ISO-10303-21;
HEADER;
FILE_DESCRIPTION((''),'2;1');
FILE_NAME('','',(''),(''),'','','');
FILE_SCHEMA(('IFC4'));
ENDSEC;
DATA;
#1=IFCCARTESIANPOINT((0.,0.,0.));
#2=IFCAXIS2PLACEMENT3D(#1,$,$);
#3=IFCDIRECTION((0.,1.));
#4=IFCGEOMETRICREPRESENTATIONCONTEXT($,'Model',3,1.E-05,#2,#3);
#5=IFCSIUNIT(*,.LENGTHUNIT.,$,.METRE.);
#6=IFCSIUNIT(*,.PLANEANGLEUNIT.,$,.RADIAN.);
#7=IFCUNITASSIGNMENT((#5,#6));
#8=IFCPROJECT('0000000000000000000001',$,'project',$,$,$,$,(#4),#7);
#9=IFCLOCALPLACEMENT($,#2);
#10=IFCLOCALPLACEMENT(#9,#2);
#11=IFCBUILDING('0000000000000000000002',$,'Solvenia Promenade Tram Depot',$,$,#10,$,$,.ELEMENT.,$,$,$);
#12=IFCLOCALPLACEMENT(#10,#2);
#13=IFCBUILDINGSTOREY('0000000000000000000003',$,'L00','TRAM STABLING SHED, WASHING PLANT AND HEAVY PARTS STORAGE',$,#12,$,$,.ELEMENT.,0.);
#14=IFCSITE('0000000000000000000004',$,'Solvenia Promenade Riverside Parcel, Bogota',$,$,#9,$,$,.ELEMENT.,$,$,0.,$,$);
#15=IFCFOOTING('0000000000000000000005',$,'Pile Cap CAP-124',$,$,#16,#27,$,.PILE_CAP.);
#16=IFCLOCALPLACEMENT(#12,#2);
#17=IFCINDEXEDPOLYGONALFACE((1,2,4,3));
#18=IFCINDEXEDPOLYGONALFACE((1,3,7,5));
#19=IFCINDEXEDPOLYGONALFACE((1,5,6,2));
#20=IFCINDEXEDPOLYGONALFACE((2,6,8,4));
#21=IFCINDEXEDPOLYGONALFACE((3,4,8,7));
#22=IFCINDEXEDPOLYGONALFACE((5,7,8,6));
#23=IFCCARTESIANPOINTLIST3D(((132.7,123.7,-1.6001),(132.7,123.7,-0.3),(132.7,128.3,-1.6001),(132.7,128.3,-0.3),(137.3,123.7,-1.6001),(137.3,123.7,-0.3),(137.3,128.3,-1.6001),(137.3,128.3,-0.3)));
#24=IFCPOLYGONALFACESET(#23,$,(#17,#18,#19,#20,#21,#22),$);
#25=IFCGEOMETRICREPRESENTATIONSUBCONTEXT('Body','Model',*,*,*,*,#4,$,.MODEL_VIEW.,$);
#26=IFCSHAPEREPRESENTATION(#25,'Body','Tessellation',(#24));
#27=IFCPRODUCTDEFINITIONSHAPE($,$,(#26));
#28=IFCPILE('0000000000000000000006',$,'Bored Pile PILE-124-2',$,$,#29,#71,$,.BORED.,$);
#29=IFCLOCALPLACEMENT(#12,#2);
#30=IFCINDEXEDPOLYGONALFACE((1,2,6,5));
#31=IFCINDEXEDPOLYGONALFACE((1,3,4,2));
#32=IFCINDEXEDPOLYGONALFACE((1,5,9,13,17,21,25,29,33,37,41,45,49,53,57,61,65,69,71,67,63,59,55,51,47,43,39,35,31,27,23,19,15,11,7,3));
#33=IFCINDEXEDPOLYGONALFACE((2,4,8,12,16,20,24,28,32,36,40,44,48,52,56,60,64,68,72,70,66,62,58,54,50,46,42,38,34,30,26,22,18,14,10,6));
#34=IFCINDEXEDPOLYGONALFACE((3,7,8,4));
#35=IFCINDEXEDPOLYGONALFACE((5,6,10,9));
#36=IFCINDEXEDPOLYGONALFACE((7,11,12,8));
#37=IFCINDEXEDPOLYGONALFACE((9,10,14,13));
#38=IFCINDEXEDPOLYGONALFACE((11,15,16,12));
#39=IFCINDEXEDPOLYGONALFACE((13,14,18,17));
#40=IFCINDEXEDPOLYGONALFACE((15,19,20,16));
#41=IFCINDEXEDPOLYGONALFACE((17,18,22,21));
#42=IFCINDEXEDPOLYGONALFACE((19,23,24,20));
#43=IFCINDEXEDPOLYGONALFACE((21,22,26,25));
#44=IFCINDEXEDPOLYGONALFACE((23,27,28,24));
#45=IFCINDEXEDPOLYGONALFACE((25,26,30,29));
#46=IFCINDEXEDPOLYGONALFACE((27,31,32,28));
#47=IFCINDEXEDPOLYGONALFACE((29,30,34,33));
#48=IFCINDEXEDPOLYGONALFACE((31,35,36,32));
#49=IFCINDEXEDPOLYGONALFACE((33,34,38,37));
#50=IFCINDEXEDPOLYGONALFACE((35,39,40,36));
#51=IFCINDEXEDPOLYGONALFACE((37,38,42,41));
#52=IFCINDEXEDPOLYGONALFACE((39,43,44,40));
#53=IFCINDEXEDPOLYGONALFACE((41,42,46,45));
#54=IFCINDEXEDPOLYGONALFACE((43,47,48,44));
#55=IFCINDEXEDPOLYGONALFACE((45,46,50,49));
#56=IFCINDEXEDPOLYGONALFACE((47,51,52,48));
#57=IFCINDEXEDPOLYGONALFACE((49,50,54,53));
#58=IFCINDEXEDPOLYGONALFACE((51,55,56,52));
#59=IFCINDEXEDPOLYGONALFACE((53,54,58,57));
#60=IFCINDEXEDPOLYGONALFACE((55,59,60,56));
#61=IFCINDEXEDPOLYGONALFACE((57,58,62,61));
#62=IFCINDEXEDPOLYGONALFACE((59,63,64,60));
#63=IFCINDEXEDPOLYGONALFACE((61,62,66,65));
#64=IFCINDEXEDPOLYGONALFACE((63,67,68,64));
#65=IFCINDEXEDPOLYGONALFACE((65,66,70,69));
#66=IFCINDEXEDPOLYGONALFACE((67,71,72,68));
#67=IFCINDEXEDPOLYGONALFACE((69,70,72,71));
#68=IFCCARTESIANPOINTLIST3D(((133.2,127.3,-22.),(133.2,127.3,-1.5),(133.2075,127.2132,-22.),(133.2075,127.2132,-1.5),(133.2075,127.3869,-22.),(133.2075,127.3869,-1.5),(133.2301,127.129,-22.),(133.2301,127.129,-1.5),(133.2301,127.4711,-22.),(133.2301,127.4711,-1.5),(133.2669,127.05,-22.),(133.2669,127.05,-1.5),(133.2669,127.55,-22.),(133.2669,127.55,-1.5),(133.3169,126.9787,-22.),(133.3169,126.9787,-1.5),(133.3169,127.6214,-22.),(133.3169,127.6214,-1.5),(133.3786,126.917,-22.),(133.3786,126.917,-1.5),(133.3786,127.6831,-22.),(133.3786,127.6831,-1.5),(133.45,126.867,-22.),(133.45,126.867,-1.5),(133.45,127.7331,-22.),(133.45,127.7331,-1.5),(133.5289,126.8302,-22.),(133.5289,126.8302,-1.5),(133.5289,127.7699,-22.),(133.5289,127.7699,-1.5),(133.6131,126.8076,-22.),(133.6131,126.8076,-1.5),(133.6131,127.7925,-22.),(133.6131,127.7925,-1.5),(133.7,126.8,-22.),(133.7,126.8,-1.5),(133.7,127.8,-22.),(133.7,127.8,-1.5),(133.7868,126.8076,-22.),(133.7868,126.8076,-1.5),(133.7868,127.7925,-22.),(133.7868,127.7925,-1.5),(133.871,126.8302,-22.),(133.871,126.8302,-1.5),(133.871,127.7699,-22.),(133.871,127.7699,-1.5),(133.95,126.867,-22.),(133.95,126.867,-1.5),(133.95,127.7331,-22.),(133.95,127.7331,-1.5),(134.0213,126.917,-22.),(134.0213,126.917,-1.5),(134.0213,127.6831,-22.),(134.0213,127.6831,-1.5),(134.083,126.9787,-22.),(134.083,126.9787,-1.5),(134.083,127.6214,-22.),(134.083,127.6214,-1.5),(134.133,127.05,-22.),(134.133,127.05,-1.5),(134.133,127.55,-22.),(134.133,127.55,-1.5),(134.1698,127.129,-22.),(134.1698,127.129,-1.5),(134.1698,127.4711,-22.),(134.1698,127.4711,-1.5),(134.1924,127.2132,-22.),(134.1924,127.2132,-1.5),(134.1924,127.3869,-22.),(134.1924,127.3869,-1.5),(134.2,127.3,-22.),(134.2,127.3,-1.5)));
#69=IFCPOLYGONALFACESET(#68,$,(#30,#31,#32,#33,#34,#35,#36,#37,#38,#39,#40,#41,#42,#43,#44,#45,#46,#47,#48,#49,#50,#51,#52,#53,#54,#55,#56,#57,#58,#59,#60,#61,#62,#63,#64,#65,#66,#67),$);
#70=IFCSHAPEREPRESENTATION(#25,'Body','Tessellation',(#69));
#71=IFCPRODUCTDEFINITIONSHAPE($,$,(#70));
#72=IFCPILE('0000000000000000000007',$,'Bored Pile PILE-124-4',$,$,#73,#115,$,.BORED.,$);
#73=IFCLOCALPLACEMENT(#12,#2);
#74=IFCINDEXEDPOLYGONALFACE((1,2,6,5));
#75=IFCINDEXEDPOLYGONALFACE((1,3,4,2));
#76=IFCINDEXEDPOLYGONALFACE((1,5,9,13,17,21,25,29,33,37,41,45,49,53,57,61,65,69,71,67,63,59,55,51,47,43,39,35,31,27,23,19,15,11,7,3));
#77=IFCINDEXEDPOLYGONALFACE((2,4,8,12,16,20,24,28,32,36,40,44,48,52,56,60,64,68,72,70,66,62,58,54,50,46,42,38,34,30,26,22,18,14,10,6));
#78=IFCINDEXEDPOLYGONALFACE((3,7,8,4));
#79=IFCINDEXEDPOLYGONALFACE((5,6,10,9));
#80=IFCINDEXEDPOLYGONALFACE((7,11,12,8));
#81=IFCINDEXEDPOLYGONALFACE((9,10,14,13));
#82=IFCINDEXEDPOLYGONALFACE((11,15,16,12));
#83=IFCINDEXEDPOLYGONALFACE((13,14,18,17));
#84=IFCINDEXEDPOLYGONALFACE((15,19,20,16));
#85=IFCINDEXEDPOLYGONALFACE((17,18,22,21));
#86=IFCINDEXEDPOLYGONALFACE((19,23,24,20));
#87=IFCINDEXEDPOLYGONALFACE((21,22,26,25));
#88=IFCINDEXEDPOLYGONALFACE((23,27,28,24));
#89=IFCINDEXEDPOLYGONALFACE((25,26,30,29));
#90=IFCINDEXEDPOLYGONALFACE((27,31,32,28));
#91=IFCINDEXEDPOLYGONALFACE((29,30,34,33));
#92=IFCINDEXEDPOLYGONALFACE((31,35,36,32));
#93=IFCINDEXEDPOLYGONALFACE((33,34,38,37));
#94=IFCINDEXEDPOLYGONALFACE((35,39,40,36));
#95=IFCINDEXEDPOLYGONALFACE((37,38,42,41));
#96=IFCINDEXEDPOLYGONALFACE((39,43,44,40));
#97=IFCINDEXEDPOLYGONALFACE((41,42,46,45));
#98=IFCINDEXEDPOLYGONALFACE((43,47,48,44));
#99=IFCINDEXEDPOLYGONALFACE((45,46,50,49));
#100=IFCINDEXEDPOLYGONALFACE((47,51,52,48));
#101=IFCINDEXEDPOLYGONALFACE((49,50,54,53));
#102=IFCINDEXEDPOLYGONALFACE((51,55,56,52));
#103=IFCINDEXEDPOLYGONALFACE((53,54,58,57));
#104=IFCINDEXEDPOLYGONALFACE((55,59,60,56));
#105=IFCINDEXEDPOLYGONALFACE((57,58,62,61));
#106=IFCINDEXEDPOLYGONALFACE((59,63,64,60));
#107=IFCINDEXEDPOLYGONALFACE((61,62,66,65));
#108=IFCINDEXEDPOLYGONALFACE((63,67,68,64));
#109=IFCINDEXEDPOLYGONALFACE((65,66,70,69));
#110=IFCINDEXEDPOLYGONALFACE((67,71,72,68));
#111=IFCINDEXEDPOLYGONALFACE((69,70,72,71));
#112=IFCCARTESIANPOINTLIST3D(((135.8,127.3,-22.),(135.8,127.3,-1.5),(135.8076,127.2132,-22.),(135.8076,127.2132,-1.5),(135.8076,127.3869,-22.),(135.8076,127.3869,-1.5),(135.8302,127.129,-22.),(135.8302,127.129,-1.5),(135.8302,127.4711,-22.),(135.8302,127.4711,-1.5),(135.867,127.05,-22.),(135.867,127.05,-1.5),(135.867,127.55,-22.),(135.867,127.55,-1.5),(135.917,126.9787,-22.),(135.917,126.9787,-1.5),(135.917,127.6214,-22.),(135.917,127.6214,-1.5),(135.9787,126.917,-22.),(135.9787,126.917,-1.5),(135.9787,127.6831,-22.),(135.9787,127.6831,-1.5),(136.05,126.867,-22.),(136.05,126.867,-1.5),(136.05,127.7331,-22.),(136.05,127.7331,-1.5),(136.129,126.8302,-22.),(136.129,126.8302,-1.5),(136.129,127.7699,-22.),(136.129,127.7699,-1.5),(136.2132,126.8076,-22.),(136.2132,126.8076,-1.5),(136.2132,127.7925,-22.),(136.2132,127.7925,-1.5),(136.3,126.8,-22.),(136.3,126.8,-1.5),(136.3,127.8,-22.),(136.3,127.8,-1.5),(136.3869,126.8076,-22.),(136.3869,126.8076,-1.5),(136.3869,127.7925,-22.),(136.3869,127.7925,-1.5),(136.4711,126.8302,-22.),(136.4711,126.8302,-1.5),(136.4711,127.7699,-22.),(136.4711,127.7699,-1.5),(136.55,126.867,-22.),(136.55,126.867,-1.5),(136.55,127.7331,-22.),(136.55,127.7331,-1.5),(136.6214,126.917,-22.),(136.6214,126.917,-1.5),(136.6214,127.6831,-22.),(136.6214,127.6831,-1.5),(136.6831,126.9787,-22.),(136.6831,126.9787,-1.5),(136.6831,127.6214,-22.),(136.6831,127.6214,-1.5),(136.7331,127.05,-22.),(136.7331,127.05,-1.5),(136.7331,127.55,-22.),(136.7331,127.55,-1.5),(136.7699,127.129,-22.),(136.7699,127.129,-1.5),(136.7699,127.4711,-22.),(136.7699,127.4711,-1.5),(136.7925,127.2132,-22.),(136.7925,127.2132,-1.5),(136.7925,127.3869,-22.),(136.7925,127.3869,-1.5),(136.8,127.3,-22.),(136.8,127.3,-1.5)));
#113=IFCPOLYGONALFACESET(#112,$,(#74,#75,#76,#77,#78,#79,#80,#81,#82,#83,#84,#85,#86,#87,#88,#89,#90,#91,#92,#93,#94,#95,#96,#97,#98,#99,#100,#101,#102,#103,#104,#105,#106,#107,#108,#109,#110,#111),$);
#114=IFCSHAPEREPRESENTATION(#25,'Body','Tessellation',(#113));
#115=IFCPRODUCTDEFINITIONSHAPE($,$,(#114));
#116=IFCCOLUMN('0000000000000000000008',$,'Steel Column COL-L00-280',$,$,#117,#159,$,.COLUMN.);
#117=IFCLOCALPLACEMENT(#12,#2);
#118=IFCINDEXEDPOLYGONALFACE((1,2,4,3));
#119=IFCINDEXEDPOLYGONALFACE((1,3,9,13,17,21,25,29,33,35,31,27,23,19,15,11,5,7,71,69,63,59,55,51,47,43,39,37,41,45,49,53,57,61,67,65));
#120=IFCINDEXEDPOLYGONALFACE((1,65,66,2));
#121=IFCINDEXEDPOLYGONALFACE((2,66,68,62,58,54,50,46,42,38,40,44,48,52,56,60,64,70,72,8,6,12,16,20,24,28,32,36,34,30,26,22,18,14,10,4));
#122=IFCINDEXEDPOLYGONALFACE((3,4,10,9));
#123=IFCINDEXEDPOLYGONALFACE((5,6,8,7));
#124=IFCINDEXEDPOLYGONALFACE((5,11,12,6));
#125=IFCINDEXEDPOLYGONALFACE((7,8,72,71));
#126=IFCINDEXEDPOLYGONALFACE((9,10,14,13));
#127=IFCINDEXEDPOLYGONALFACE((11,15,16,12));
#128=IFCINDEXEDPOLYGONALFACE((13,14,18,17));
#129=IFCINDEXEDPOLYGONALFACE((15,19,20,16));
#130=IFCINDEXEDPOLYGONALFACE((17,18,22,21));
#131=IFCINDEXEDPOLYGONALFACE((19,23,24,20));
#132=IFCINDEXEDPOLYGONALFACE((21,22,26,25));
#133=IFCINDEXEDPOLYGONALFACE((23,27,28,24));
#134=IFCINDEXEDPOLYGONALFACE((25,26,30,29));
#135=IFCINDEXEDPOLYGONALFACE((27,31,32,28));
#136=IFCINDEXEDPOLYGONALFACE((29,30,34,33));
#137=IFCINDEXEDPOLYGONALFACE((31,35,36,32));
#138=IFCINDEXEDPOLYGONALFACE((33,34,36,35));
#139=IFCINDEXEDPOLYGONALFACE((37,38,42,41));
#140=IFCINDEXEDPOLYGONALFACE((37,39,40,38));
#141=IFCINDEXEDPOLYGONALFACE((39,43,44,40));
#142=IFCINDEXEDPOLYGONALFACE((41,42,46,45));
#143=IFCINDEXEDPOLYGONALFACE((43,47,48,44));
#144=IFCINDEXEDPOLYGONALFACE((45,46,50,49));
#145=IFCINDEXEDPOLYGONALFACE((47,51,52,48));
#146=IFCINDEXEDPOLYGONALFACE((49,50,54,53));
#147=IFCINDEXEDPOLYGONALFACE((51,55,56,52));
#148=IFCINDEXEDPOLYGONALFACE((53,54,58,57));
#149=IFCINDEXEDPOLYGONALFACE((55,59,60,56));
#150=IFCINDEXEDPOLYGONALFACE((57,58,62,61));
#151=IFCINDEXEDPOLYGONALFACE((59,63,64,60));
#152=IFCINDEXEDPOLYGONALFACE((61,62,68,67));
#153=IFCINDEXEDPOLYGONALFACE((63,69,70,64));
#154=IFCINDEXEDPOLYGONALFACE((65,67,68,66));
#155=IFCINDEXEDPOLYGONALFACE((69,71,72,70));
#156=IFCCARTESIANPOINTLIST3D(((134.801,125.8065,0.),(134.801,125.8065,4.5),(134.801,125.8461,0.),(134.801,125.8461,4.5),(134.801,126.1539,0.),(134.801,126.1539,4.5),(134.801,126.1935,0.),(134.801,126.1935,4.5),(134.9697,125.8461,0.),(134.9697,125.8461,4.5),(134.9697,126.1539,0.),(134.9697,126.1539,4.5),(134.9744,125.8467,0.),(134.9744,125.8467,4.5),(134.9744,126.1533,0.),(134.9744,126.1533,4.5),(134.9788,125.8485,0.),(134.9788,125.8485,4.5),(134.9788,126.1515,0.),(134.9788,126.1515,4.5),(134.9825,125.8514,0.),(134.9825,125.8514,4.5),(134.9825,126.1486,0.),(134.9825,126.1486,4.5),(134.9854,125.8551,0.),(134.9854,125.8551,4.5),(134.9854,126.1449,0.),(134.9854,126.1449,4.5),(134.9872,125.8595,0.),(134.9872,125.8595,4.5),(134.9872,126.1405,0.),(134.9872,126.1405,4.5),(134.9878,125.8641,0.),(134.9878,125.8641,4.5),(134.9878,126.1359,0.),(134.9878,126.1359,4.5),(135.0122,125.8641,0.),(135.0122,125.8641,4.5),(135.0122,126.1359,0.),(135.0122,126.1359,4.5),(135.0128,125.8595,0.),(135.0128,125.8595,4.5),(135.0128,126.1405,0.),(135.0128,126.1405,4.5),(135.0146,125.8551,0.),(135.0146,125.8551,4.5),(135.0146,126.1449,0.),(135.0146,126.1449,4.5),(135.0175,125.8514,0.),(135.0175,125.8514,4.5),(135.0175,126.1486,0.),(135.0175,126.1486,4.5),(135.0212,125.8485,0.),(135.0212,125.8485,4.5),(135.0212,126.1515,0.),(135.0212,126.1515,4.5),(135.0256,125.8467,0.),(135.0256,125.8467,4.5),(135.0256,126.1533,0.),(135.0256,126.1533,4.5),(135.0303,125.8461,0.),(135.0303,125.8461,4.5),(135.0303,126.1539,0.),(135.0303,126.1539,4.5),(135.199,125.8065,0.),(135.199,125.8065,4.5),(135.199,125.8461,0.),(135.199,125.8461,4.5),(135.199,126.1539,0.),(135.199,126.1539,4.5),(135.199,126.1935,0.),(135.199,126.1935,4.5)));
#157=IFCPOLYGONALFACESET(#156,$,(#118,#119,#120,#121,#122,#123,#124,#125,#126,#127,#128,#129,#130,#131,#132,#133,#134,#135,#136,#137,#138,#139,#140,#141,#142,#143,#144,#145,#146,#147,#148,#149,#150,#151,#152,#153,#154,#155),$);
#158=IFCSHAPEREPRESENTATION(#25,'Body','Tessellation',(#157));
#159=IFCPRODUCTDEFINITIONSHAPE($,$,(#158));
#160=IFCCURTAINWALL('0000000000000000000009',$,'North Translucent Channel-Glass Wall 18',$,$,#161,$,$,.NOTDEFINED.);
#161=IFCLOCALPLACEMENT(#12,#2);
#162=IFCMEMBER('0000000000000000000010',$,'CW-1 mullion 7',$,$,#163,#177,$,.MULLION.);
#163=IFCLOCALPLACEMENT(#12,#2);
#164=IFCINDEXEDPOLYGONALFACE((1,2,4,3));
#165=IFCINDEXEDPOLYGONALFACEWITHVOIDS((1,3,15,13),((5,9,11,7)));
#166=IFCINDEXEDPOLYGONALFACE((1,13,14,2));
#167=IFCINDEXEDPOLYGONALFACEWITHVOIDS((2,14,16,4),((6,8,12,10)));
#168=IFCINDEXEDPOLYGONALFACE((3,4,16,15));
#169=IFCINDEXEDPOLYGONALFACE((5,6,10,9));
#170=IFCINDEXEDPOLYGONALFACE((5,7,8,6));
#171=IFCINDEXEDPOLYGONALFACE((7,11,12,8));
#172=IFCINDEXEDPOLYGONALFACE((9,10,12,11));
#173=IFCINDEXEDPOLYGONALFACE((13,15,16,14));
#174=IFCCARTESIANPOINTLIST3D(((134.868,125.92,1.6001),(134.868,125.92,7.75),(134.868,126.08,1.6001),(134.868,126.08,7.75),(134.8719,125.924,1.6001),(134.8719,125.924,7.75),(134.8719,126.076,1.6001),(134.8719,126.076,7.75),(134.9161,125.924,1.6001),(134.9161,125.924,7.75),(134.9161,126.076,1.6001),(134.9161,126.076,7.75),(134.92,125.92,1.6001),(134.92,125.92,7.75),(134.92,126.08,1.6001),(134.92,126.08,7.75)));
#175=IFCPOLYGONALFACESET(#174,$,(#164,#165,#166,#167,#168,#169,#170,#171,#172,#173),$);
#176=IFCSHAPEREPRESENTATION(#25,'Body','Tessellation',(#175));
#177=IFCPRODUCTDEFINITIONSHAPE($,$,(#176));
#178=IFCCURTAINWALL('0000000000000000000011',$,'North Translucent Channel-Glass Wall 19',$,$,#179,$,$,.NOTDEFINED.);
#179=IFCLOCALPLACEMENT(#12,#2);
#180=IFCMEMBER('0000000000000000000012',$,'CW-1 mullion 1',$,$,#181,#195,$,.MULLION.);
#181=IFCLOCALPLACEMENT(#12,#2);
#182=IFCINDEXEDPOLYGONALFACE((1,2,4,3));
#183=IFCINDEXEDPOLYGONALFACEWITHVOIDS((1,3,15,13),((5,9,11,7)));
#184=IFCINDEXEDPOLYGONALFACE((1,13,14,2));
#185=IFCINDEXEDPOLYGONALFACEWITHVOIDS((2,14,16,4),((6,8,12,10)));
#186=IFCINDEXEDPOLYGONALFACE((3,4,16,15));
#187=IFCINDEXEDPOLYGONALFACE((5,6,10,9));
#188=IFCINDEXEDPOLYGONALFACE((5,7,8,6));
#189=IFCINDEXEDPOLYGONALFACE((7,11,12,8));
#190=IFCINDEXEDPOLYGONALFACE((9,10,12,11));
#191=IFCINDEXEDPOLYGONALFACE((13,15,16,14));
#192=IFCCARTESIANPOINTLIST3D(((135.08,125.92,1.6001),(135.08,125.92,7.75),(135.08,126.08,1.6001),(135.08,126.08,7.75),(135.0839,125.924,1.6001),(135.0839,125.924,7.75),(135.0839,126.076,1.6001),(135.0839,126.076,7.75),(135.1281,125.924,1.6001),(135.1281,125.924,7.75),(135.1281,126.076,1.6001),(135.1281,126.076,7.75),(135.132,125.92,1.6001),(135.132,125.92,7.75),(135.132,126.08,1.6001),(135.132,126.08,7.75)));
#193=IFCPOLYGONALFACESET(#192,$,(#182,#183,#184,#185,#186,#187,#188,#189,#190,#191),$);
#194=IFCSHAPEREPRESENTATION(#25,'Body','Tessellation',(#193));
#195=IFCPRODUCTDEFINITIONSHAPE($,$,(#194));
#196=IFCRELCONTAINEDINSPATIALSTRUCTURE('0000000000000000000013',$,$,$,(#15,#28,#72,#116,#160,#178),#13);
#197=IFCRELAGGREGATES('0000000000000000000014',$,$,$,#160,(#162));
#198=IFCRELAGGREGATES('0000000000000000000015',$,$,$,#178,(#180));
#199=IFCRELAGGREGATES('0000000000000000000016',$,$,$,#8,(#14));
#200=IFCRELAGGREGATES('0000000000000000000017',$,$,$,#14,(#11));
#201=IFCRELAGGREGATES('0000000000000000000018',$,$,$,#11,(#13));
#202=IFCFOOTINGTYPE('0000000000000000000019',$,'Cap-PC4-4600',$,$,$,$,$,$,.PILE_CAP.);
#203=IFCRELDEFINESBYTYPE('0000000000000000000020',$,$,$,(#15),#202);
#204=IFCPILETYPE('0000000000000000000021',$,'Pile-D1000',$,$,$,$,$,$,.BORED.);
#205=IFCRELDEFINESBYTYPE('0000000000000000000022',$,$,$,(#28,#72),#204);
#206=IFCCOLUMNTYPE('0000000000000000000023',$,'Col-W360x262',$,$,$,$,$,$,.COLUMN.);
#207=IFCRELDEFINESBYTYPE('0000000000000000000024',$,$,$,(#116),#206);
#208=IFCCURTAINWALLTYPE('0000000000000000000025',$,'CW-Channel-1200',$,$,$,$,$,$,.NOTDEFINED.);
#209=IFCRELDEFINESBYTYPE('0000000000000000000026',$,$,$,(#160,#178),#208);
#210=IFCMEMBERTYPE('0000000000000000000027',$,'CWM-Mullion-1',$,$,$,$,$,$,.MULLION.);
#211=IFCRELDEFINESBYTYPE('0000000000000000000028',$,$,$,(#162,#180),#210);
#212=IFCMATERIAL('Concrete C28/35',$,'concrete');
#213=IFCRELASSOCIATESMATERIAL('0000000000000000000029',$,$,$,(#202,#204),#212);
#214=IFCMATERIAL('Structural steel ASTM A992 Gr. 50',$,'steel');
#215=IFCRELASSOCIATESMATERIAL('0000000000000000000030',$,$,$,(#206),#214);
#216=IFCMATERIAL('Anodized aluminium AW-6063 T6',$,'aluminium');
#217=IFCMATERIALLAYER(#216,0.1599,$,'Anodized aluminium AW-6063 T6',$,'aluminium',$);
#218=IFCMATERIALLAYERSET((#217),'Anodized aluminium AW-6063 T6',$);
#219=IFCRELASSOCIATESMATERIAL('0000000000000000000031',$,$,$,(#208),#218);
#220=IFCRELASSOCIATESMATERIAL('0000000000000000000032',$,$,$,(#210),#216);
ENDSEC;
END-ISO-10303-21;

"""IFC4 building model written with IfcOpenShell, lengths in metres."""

from ifc_helpers import new_model, si_unit, direction, frame, origin, origin_2d, place, context, subcontext, project, spatial, rectangle, hollow_rectangle, circle, i_section, extrude, material, layer, layer_set, material_profile, profile_set, type_object, element, aggregate, save


model = new_model("IFC4")

# Units and contexts
model_context = context("Model", 3, precision=1e-05, world=origin(), true_north=direction((0.0, 1.0)))
body_context = subcontext(model_context, "Body", "Model", "MODEL_VIEW")
ifc_project = project(units=[si_unit("LENGTHUNIT", "METRE"), si_unit("PLANEANGLEUNIT", "RADIAN")], contexts=[model_context])

# Site, building, storey
site_placement = place(None, origin())
site = spatial("IfcSite", under=ifc_project, at=site_placement, Name="Solvenia Promenade Riverside Parcel, Bogota", CompositionType="ELEMENT", RefElevation=0.0)
building_placement = place(site_placement, origin())
building = spatial("IfcBuilding", under=site, at=building_placement, Name="Solvenia Promenade Tram Depot", CompositionType="ELEMENT")
storey_placement = place(building_placement, origin())
storey = spatial("IfcBuildingStorey", under=building, at=storey_placement, Name="L00", Description="TRAM STABLING SHED, WASHING PLANT AND HEAVY PARTS STORAGE", CompositionType="ELEMENT", Elevation=0.0)

# Footing
ifc_material_1 = material(Name="Concrete C28/35", Category="concrete")
footing_type = type_object("IfcFootingType", Name="Cap-PC4-4600", PredefinedType="PILE_CAP", material=ifc_material_1)
footing_placement = place(storey_placement, frame((135.0, 126.0, -1.6001), z_axis=(0.0, 0.0, 1.0), x_axis=(1.0, 0.0, 0.0)))
element("IfcFooting", 1, at=footing_placement, inside=storey, type_object=footing_type, Name="Pile Cap CAP-124", PredefinedType="PILE_CAP", context=body_context, shape_type="SweptSolid", body=[
    extrude(rectangle(XDim=4.6001, YDim=4.6001, at=origin_2d()), origin(), (0.0, 0.0, 1.0), 1.3),
])

# Piles
ifc_material_profile_1 = material_profile(ifc_material_1, circle(Radius=0.5, at=origin_2d()), Name="D1000", Category="concrete")
ifc_profile_set_1 = profile_set([ifc_material_profile_1], Name="Concrete C28/35")
pile_type = type_object("IfcPileType", Name="Pile-D1000", PredefinedType="BORED", material=ifc_profile_set_1)
for number, where, z_axis, x_axis, name in (
    (2, (133.7, 127.3, -1.5), (0.0, 0.0, -1.0), (1.0, 0.0, 0.0), "Bored Pile PILE-124-2"),
    (3, (136.3, 127.3, -1.5), (0.0, 0.0, -1.0), (1.0, 0.0, 0.0), "Bored Pile PILE-124-4"),
):
    element("IfcPile", number, at=place(storey_placement, frame(where, z_axis=z_axis, x_axis=x_axis)), inside=storey, type_object=pile_type, Name=name, PredefinedType="BORED", context=body_context, shape_type="SweptSolid", body=[
        extrude(circle(Radius=0.5, at=origin_2d()), origin(), (0.0, 0.0, 1.0), 20.5),
    ])

# Column
ifc_material_2 = material(Name="Structural steel ASTM A992 Gr. 50", Category="steel")
ifc_material_profile_2 = material_profile(ifc_material_2, i_section(OverallWidth=0.3979, OverallDepth=0.387, WebThickness=0.0244, FlangeThickness=0.0396, FilletRadius=0.0181, at=origin_2d()), Name="W360x262", Category="steel")
ifc_profile_set_2 = profile_set([ifc_material_profile_2], Name="Structural steel ASTM A992 Gr. 50")
column_type = type_object("IfcColumnType", Name="Col-W360x262", PredefinedType="COLUMN", material=ifc_profile_set_2)
column_placement = place(storey_placement, frame((135.0, 126.0, 0.0), z_axis=(0.0, 0.0, 1.0), x_axis=(1.0, 0.0, 0.0)))
element("IfcColumn", 4, at=column_placement, inside=storey, type_object=column_type, Name="Steel Column COL-L00-280", PredefinedType="COLUMN", context=body_context, shape_type="SweptSolid", body=[
    extrude(i_section(OverallWidth=0.3979, OverallDepth=0.387, WebThickness=0.0244, FlangeThickness=0.0396, FilletRadius=0.0181, at=origin_2d()), origin(), (0.0, 0.0, 1.0), 4.5),
])

# Curtain wall, member
ifc_material_3 = material(Name="Anodized aluminium AW-6063 T6", Category="aluminium")
ifc_layer_1 = layer(ifc_material_3, 0.1599, Name="Anodized aluminium AW-6063 T6", Category="aluminium")
ifc_layer_set_1 = layer_set([ifc_layer_1], Name="Anodized aluminium AW-6063 T6")
curtain_wall_type = type_object("IfcCurtainWallType", Name="CW-Channel-1200", PredefinedType="NOTDEFINED", material=ifc_layer_set_1)
curtain_wall_1_placement = place(storey_placement, origin())
curtain_wall_1 = element("IfcCurtainWall", 5, at=curtain_wall_1_placement, inside=storey, type_object=curtain_wall_type, Name="North Translucent Channel-Glass Wall 18", PredefinedType="NOTDEFINED")
ifc_material_profile_3 = material_profile(ifc_material_3, hollow_rectangle(XDim=0.1599, YDim=0.052, WallThickness=0.0039, at=origin_2d()), Name="ALU-M1", Category="aluminium")
ifc_profile_set_3 = profile_set([ifc_material_profile_3], Name="Anodized aluminium AW-6063 T6")
member_type_1 = type_object("IfcMemberType", Name="CWM-Mullion-1", PredefinedType="MULLION", material=ifc_profile_set_3)
member_1_placement = place(storey_placement, frame((134.894, 126.0, 1.6001), z_axis=(0.0, 0.0, 1.0), x_axis=(0.0, 1.0, 0.0)))
member_1 = element("IfcMember", 6, at=member_1_placement, type_object=member_type_1, Name="CW-1 mullion 7", PredefinedType="MULLION", context=body_context, shape_type="SweptSolid", body=[
    extrude(hollow_rectangle(XDim=0.1599, YDim=0.052, WallThickness=0.0039, at=origin_2d()), origin(), (0.0, 0.0, 1.0), 6.1499),
])

# Curtain wall, member
curtain_wall_2_placement = place(storey_placement, origin())
curtain_wall_2 = element("IfcCurtainWall", 7, at=curtain_wall_2_placement, inside=storey, type_object=curtain_wall_type, Name="North Translucent Channel-Glass Wall 19", PredefinedType="NOTDEFINED")
member_2_placement = place(storey_placement, frame((135.106, 126.0, 1.6001), z_axis=(0.0, 0.0, 1.0), x_axis=(0.0, 1.0, 0.0)))
member_2 = element("IfcMember", 8, at=member_2_placement, type_object=member_type_1, Name="CW-1 mullion 1", PredefinedType="MULLION", context=body_context, shape_type="SweptSolid", body=[
    extrude(hollow_rectangle(XDim=0.1599, YDim=0.052, WallThickness=0.0039, at=origin_2d()), origin(), (0.0, 0.0, 1.0), 6.1499),
])

aggregate(curtain_wall_1, [member_1])
aggregate(curtain_wall_2, [member_2])

save(model, "model.ifc")
